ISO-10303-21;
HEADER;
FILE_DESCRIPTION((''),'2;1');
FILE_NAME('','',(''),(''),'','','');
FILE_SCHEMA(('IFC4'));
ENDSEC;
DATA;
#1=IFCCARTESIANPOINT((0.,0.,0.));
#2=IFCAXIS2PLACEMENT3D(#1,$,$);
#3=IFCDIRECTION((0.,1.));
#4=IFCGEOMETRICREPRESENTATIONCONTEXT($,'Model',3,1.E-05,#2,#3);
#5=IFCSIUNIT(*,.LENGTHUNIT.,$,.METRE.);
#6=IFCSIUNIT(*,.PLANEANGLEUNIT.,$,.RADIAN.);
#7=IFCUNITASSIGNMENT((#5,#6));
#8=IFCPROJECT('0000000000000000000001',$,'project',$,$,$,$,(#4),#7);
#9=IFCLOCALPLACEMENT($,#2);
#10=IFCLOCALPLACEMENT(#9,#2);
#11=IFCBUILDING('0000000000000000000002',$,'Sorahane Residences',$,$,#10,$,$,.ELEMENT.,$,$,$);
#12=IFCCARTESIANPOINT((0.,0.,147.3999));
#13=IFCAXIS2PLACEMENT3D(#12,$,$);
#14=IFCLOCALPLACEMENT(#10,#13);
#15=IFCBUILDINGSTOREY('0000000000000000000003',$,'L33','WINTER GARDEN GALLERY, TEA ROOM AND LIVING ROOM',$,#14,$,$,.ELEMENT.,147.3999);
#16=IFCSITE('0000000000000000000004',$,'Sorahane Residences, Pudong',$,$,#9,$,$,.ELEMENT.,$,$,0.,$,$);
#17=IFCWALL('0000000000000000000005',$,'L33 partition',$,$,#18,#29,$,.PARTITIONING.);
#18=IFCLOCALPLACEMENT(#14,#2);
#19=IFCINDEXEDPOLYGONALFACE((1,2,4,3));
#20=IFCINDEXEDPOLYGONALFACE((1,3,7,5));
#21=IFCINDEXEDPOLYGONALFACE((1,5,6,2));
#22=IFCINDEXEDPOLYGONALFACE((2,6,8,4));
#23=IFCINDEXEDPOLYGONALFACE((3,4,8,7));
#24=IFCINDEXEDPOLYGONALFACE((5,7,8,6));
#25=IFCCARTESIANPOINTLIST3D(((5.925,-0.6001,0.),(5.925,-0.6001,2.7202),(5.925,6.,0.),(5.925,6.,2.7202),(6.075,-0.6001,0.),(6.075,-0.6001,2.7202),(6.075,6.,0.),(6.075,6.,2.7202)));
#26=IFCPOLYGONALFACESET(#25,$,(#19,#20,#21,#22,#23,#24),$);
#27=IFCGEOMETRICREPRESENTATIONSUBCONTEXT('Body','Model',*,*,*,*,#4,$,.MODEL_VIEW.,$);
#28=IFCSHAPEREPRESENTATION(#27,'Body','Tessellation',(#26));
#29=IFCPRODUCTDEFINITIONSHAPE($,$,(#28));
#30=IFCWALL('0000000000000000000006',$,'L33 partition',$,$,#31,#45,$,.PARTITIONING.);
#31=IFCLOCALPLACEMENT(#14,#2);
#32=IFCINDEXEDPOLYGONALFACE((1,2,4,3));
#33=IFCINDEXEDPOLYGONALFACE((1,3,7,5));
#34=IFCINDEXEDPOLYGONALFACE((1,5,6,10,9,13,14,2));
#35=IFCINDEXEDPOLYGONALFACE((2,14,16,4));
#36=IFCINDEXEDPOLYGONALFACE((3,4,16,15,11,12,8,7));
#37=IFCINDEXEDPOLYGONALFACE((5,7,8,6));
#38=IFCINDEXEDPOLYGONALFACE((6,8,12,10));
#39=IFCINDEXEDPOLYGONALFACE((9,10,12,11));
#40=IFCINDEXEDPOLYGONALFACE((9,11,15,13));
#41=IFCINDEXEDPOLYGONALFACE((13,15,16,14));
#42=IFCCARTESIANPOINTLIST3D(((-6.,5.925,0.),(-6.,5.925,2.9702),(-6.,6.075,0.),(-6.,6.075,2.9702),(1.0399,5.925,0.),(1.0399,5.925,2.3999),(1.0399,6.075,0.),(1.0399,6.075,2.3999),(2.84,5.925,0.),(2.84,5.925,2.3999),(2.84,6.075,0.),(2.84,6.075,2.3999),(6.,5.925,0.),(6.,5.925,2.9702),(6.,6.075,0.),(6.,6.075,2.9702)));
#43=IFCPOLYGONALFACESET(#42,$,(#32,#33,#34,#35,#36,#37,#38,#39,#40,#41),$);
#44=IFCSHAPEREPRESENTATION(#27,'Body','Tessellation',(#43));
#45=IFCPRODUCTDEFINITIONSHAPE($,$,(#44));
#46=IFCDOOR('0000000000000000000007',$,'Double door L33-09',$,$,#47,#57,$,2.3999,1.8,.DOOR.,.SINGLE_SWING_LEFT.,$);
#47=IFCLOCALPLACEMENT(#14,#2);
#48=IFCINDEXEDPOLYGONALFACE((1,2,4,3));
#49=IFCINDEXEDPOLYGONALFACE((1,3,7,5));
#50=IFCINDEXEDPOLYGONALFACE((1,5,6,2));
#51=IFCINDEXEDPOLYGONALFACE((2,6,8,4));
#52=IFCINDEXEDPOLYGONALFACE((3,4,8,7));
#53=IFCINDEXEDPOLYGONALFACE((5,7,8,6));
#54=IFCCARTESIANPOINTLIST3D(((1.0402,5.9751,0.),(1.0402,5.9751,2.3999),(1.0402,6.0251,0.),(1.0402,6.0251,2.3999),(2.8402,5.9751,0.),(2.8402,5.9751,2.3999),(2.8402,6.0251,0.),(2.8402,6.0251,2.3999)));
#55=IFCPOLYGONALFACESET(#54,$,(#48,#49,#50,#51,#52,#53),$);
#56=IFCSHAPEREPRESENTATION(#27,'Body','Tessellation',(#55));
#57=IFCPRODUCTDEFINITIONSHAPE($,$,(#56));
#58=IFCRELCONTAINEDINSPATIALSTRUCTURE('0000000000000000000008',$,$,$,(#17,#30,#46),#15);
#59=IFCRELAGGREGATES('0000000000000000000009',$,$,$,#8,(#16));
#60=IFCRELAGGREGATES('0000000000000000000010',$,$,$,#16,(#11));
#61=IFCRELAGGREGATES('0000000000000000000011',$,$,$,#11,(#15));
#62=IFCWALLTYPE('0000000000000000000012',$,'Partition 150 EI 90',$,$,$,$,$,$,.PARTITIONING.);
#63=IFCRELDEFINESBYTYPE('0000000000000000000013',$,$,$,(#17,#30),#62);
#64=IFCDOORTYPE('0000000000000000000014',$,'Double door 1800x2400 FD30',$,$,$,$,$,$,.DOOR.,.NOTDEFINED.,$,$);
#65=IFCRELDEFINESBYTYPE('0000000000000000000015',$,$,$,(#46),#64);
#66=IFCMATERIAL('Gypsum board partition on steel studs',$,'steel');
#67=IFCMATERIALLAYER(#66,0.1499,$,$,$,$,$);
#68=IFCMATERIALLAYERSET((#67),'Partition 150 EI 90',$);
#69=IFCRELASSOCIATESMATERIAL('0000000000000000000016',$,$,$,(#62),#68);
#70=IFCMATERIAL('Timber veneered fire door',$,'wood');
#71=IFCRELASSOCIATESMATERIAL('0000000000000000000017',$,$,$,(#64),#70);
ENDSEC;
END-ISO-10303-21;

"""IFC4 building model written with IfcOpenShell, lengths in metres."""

from ifc_helpers import new_model, si_unit, direction, frame, frame_2d, origin, place, context, subcontext, project, spatial, rectangle, extrude, material, layer, layer_set, type_object, element, fill, save


model = new_model("IFC4")

# Units and contexts
model_context = context("Model", 3, precision=1e-05, world=origin(), true_north=direction((0.0, 1.0)))
body_context = subcontext(model_context, "Body", "Model", "MODEL_VIEW")
ifc_project = project(units=[si_unit("LENGTHUNIT", "METRE"), si_unit("PLANEANGLEUNIT", "RADIAN")], contexts=[model_context])

# Site, building, storey
site_placement = place(None, origin())
site = spatial("IfcSite", under=ifc_project, at=site_placement, Name="Sorahane Residences, Pudong", CompositionType="ELEMENT", RefElevation=0.0)
building_placement = place(site_placement, origin())
building = spatial("IfcBuilding", under=site, at=building_placement, Name="Sorahane Residences", CompositionType="ELEMENT")
storey_placement = place(building_placement, frame((0.0, 0.0, 147.3999)))
storey = spatial("IfcBuildingStorey", under=building, at=storey_placement, Name="L33", Description="WINTER GARDEN GALLERY, TEA ROOM AND LIVING ROOM", CompositionType="ELEMENT", Elevation=147.3999)

# Wall
ifc_material_1 = material(Name="Gypsum board partition on steel studs", Category="steel")
ifc_layer_1 = layer(ifc_material_1, 0.1499)
ifc_layer_set_1 = layer_set([ifc_layer_1], Name="Partition 150 EI 90")
wall_type = type_object("IfcWallType", Name="Partition 150 EI 90", PredefinedType="PARTITIONING", material=ifc_layer_set_1)
wall_1_placement = place(storey_placement, frame((6.0, -0.6001, 0.0), z_axis=(0.0, 0.0, 1.0), x_axis=(0.0, 1.0, 0.0)))
element("IfcWall", 1, at=wall_1_placement, inside=storey, type_object=wall_type, Name="L33 partition", PredefinedType="PARTITIONING", context=body_context, shape_type="SweptSolid", body=[
    extrude(rectangle(XDim=6.6001, YDim=0.1499, at=frame_2d((3.3, 0.0))), origin(), (0.0, 0.0, 1.0), 2.7202),
])

# Wall, opening, door
wall_2_placement = place(storey_placement, frame((-6.0, 6.0, 0.0), z_axis=(0.0, 0.0, 1.0), x_axis=(1.0, 0.0, 0.0)))
wall_2 = element("IfcWall", 2, at=wall_2_placement, inside=storey, type_object=wall_type, Name="L33 partition", PredefinedType="PARTITIONING", context=body_context, shape_type="SweptSolid", body=[
    extrude(rectangle(XDim=12.0, YDim=0.1499, at=frame_2d((6.0, 0.0))), origin(), (0.0, 0.0, 1.0), 2.9702),
])
opening_placement = place(wall_2_placement, frame((7.04, 0.0, 0.0)))
opening = element("IfcOpeningElement", 3, at=opening_placement, cuts=wall_2, PredefinedType="OPENING", context=body_context, shape_type="SweptSolid", body=[
    extrude(rectangle(XDim=1.8, YDim=2.3999, at=frame_2d((0.8999, 1.2))), frame((0.0, 0.085, 0.0), z_axis=(0.0, -1.0, 0.0), x_axis=(1.0, 0.0, 0.0)), (0.0, 0.0, 1.0), 0.1699),
])
ifc_material_2 = material(Name="Timber veneered fire door", Category="wood")
door_type = type_object("IfcDoorType", Name="Double door 1800x2400 FD30", OperationType="NOTDEFINED", PredefinedType="DOOR", material=ifc_material_2)
door_placement = place(opening_placement, frame((1.8, 0.0, 0.0), z_axis=(0.0, 0.0, 1.0), x_axis=(-1.0, 0.0, 0.0)))
door = element("IfcDoor", 4, at=door_placement, inside=storey, type_object=door_type, Name="Double door L33-09", OperationType="SINGLE_SWING_LEFT", OverallHeight=2.3999, OverallWidth=1.8, PredefinedType="DOOR", context=body_context, shape_type="SweptSolid", body=[
    extrude(rectangle(XDim=1.8, YDim=2.3999, at=frame_2d((0.8999, 1.2))), frame((0.0, 0.0249, 0.0), z_axis=(0.0, -1.0, 0.0), x_axis=(1.0, 0.0, 0.0)), (0.0, 0.0, 1.0), 0.05),
])
fill(opening, door)

save(model, "model.ifc")
